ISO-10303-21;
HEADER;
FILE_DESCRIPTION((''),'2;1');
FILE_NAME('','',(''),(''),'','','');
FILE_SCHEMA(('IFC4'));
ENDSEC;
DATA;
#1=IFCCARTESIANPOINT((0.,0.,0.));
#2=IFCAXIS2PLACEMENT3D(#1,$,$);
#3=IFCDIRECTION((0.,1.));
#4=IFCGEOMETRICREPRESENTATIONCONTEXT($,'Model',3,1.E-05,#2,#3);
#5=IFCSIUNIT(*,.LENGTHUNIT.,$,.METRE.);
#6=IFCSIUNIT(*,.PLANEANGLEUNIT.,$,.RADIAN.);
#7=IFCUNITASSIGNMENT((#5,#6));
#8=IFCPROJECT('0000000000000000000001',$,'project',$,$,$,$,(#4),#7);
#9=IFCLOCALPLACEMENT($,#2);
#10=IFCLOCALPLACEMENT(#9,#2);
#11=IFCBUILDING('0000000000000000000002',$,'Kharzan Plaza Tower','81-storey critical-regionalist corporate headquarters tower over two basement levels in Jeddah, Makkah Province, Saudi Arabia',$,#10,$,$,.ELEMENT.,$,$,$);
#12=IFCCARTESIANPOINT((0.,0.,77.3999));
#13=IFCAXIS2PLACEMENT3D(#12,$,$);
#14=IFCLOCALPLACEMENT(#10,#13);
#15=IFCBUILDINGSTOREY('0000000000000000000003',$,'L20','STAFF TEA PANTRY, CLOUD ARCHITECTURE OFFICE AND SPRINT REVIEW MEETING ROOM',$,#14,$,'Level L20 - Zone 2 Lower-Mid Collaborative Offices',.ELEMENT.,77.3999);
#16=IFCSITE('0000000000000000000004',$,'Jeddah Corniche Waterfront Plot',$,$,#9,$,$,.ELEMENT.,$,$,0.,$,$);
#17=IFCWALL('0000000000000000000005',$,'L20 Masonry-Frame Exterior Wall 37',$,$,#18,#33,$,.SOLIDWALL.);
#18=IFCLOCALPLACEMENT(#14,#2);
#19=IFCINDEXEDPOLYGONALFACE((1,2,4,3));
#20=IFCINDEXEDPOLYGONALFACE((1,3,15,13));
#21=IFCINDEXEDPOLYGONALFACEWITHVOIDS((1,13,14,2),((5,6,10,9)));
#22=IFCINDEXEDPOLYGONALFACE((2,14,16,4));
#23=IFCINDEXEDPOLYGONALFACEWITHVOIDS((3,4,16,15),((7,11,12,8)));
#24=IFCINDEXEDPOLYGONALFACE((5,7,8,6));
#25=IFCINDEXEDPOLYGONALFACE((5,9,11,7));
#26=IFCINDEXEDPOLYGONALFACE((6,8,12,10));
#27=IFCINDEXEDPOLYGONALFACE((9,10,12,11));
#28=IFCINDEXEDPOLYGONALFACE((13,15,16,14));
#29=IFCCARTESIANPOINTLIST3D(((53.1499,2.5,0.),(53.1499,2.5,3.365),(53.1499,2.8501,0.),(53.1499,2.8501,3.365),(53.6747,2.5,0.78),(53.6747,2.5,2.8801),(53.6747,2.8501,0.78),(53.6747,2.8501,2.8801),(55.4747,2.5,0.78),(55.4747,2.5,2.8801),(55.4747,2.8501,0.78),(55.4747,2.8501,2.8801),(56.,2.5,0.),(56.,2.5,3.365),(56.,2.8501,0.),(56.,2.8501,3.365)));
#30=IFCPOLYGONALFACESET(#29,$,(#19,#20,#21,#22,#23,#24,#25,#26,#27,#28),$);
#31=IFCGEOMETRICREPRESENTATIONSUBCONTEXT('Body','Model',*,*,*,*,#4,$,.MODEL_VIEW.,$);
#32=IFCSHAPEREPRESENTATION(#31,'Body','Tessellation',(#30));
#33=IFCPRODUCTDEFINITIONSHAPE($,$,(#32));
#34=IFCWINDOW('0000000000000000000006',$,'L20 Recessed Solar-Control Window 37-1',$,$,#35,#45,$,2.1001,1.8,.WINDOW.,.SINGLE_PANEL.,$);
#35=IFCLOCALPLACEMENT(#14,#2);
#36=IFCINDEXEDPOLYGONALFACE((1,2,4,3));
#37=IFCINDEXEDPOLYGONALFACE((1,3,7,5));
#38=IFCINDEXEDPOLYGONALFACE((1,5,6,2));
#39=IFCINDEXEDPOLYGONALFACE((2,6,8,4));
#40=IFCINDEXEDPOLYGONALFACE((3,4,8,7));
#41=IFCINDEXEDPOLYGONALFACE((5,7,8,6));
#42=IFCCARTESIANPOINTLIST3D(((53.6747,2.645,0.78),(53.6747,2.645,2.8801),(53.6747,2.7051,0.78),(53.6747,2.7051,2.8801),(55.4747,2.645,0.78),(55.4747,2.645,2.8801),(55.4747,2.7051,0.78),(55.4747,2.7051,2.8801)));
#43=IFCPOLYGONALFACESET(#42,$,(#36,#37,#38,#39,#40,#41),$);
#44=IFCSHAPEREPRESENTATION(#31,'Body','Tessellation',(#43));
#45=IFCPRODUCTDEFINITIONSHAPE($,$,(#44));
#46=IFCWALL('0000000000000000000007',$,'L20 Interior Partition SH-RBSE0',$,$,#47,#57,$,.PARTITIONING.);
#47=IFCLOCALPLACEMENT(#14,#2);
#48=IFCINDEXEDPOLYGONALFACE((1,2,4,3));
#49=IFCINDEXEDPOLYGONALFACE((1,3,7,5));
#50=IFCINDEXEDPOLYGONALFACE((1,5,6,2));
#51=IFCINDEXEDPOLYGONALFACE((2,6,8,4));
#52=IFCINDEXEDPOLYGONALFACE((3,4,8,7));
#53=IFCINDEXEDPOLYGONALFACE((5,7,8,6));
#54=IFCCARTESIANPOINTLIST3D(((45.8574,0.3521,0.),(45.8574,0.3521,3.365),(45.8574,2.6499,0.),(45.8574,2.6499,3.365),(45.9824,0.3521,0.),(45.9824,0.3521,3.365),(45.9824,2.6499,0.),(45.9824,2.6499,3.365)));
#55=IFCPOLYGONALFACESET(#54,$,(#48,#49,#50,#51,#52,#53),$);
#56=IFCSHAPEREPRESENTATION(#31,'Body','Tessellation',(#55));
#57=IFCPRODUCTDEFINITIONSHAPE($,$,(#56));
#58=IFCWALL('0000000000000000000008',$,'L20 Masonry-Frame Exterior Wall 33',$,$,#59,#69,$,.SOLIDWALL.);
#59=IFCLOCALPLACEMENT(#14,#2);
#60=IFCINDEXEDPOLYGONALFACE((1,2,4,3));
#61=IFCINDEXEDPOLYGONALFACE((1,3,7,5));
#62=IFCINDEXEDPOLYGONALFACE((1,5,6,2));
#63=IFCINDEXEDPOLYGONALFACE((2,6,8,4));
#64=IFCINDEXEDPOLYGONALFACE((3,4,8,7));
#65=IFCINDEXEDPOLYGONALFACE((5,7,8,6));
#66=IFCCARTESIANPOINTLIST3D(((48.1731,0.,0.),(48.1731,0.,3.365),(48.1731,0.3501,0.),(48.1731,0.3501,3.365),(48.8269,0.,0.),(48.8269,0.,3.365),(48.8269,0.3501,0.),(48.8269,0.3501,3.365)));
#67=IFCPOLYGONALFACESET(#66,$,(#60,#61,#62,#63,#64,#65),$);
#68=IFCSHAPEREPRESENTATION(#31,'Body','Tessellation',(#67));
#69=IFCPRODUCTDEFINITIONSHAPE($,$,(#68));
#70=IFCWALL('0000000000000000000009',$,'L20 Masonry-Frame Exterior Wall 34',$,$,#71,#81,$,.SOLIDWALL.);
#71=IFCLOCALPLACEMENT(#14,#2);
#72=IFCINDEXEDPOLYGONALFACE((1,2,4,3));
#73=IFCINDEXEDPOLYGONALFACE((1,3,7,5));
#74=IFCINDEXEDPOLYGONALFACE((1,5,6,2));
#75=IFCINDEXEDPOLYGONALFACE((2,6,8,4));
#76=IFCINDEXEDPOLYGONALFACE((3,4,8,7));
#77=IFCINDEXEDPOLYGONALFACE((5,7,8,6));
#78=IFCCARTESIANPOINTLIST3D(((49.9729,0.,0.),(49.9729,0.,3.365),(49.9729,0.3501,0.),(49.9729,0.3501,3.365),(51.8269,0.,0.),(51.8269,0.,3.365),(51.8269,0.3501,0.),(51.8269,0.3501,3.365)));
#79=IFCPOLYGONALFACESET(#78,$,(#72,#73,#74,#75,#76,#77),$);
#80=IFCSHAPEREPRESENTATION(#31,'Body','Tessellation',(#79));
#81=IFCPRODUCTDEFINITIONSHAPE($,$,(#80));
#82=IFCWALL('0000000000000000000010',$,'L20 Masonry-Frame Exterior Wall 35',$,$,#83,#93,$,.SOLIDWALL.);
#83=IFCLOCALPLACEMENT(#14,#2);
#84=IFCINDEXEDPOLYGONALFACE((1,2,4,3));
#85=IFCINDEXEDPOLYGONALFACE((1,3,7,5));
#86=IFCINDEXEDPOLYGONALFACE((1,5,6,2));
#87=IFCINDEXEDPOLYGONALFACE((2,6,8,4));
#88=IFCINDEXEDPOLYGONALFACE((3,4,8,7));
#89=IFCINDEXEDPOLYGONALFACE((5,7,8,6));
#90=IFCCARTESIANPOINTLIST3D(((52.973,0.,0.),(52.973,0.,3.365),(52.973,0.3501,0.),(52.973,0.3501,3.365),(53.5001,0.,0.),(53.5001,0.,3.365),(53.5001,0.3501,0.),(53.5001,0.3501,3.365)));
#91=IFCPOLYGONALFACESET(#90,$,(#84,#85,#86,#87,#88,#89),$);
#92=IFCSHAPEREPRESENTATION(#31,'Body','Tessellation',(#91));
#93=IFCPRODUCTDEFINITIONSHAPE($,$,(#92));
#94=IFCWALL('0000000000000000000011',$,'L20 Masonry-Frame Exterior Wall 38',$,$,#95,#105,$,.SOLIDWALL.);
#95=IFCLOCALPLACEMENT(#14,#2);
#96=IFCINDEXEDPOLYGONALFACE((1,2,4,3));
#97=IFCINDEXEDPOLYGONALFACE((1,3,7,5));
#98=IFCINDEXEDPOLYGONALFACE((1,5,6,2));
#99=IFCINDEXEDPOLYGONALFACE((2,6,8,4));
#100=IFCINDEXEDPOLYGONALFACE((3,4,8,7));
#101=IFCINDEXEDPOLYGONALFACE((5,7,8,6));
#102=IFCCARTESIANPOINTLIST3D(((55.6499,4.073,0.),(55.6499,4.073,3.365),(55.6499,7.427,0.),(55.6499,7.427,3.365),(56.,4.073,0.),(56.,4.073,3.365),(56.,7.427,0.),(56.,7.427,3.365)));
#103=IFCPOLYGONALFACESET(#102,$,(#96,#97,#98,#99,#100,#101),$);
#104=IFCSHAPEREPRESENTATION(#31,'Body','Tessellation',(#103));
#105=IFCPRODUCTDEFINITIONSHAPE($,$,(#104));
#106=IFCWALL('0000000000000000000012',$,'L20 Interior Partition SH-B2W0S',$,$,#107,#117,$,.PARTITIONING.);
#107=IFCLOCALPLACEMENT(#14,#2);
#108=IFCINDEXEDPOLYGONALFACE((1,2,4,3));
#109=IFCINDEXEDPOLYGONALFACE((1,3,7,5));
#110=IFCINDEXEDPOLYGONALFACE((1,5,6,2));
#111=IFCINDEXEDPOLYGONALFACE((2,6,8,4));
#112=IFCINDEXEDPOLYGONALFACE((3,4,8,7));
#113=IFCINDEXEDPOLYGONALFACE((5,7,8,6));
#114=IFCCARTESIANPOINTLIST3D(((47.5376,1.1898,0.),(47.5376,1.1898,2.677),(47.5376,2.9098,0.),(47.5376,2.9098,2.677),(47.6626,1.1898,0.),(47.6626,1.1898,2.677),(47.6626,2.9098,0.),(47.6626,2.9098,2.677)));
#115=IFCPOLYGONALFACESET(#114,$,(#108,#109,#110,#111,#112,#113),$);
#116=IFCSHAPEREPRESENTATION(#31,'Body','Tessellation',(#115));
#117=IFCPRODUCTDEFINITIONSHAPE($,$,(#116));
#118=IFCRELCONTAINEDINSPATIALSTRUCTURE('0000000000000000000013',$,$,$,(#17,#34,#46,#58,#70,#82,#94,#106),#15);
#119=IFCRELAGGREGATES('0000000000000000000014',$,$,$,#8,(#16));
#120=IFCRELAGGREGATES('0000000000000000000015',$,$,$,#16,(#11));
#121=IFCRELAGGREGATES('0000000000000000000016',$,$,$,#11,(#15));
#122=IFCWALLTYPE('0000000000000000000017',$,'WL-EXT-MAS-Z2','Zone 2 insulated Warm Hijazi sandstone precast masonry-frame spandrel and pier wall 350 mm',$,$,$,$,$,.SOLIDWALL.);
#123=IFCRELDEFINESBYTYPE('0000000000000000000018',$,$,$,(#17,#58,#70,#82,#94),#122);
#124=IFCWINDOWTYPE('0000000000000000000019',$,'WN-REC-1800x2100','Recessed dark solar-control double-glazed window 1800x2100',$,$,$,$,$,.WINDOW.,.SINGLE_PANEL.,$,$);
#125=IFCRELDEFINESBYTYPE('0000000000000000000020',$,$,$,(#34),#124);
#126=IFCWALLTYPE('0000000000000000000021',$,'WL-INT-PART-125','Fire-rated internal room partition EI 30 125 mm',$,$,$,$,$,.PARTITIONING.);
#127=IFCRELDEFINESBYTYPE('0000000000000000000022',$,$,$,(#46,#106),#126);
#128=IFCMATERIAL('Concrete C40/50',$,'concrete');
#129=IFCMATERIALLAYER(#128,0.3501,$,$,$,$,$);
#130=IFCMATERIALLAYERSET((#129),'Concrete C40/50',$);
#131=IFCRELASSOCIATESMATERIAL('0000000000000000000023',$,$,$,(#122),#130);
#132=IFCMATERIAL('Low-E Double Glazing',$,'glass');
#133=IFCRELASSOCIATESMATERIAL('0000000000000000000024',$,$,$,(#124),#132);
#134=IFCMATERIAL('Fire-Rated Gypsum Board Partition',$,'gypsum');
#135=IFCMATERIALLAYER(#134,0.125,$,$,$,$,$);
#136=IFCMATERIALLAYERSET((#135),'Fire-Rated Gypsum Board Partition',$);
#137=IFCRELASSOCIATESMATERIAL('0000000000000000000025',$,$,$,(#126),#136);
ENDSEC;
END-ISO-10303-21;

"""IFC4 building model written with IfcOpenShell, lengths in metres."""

from ifc_helpers import new_model, si_unit, direction, frame, frame_2d, origin, place, context, subcontext, project, spatial, rectangle, extrude, source, transform, mapped, material, layer, layer_set, type_object, element, fill, save


model = new_model("IFC4")

# Units and contexts
model_context = context("Model", 3, precision=1e-05, world=origin(), true_north=direction((0.0, 1.0)))
body_context = subcontext(model_context, "Body", "Model", "MODEL_VIEW")
ifc_project = project(units=[si_unit("LENGTHUNIT", "METRE"), si_unit("PLANEANGLEUNIT", "RADIAN")], contexts=[model_context])

# Site, building, storey
site_placement = place(None, origin())
site = spatial("IfcSite", under=ifc_project, at=site_placement, Name="Jeddah Corniche Waterfront Plot", CompositionType="ELEMENT", RefElevation=0.0)
building_placement = place(site_placement, origin())
building = spatial("IfcBuilding", under=site, at=building_placement, Name="Kharzan Plaza Tower", Description="81-storey critical-regionalist corporate headquarters tower over two basement levels in Jeddah, Makkah Province, Saudi Arabia", CompositionType="ELEMENT")
storey_placement = place(building_placement, frame((0.0, 0.0, 77.3999)))
storey = spatial("IfcBuildingStorey", under=building, at=storey_placement, Name="L20", Description="STAFF TEA PANTRY, CLOUD ARCHITECTURE OFFICE AND SPRINT REVIEW MEETING ROOM", LongName="Level L20 - Zone 2 Lower-Mid Collaborative Offices", CompositionType="ELEMENT", Elevation=77.3999)

# Wall, opening, window
ifc_material_1 = material(Name="Concrete C40/50", Category="concrete")
ifc_layer_1 = layer(ifc_material_1, 0.3501)
ifc_layer_set_1 = layer_set([ifc_layer_1], Name="Concrete C40/50")
wall_type_1 = type_object("IfcWallType", Name="WL-EXT-MAS-Z2", Description="Zone 2 insulated Warm Hijazi sandstone precast masonry-frame spandrel and pier wall 350 mm", PredefinedType="SOLIDWALL", material=ifc_layer_set_1)
ifc_material_2 = material(Name="Low-E Double Glazing", Category="glass")
wall_1_placement = place(storey_placement, frame((53.1499, 2.675, 0.0), z_axis=(0.0, 0.0, 1.0), x_axis=(1.0, 0.0, 0.0)))
wall_1 = element("IfcWall", 1, at=wall_1_placement, inside=storey, type_object=wall_type_1, Name="L20 Masonry-Frame Exterior Wall 37", PredefinedType="SOLIDWALL", context=body_context, shape_type="SweptSolid", body=[
    extrude(rectangle(XDim=2.8501, YDim=0.3501, at=frame_2d((1.425, 0.0))), origin(), (0.0, 0.0, 1.0), 3.365),
])
opening_1_placement = place(wall_1_placement, frame((0.5249, 0.0, 0.78)))
opening_1 = element("IfcOpeningElement", 2, at=opening_1_placement, cuts=wall_1, PredefinedType="OPENING", context=body_context, shape_type="SweptSolid", body=[
    extrude(rectangle(XDim=1.8, YDim=2.1001, at=frame_2d((0.8999, 1.05))), frame((0.0, 0.1851, 0.0), z_axis=(0.0, -1.0, 0.0), x_axis=(1.0, 0.0, 0.0)), (0.0, 0.0, 1.0), 0.3701),
])
window_type_1 = type_object("IfcWindowType", Name="WN-REC-1800x2100", Description="Recessed dark solar-control double-glazed window 1800x2100", PartitioningType="SINGLE_PANEL", PredefinedType="WINDOW", material=ifc_material_2)
shared_shape_1 = source(origin(), body_context, "Body", "SweptSolid", [
    extrude(rectangle(XDim=1.8, YDim=2.1001, at=frame_2d((0.8999, 1.05))), frame((0.0, 0.03, 0.0), z_axis=(0.0, -1.0, 0.0), x_axis=(1.0, 0.0, 0.0)), (0.0, 0.0, 1.0), 0.0601),
])
window_1_placement = place(opening_1_placement, origin())
window_1 = element("IfcWindow", 3, at=window_1_placement, inside=storey, type_object=window_type_1, Name="L20 Recessed Solar-Control Window 37-1", OverallHeight=2.1001, OverallWidth=1.8, PartitioningType="SINGLE_PANEL", PredefinedType="WINDOW", context=body_context, shape_type="MappedRepresentation", body=[
    mapped(shared_shape_1, transform((0.0, 0.0, 0.0), x_axis=(1.0, 0.0, 0.0), y_axis=(0.0, 1.0, 0.0), z_axis=(0.0, 0.0, 1.0))),
])
fill(opening_1, window_1)

# Shared definitions
ifc_material_3 = material(Name="Fire-Rated Gypsum Board Partition", Category="gypsum")
ifc_layer_2 = layer(ifc_material_3, 0.125)
ifc_layer_set_2 = layer_set([ifc_layer_2], Name="Fire-Rated Gypsum Board Partition")
wall_type_2 = type_object("IfcWallType", Name="WL-INT-PART-125", Description="Fire-rated internal room partition EI 30 125 mm", PredefinedType="PARTITIONING", material=ifc_layer_set_2)

# Walls
shared_shape_2 = source(origin(), body_context, "Body", "SweptSolid", [
    extrude(rectangle(XDim=2.2979, YDim=0.125, at=frame_2d((1.1489, 0.0))), origin(), (0.0, 0.0, 1.0), 3.365),
])
wall_2_placement = place(storey_placement, frame((45.9199, 0.3521, 0.0), z_axis=(0.0, 0.0, 1.0), x_axis=(0.0, 1.0, 0.0)))
element("IfcWall", 4, at=wall_2_placement, inside=storey, type_object=wall_type_2, Name="L20 Interior Partition SH-RBSE0", PredefinedType="PARTITIONING", context=body_context, shape_type="MappedRepresentation", body=[
    mapped(shared_shape_2, transform((0.0, 0.0, 0.0), x_axis=(1.0, 0.0, 0.0), y_axis=(0.0, 1.0, 0.0), z_axis=(0.0, 0.0, 1.0))),
])
shared_shape_3 = source(origin(), body_context, "Body", "SweptSolid", [
    extrude(rectangle(XDim=0.6538, YDim=0.3501, at=frame_2d((0.3269, 0.0))), origin(), (0.0, 0.0, 1.0), 3.365),
])
wall_3_placement = place(storey_placement, frame((48.1731, 0.175, 0.0), z_axis=(0.0, 0.0, 1.0), x_axis=(1.0, 0.0, 0.0)))
element("IfcWall", 5, at=wall_3_placement, inside=storey, type_object=wall_type_1, Name="L20 Masonry-Frame Exterior Wall 33", PredefinedType="SOLIDWALL", context=body_context, shape_type="MappedRepresentation", body=[
    mapped(shared_shape_3, transform((0.0, 0.0, 0.0), x_axis=(1.0, 0.0, 0.0), y_axis=(0.0, 1.0, 0.0), z_axis=(0.0, 0.0, 1.0))),
])
shared_shape_4 = source(origin(), body_context, "Body", "SweptSolid", [
    extrude(rectangle(XDim=1.854, YDim=0.3501, at=frame_2d((0.927, 0.0))), origin(), (0.0, 0.0, 1.0), 3.365),
])
wall_4_placement = place(storey_placement, frame((49.9729, 0.175, 0.0), z_axis=(0.0, 0.0, 1.0), x_axis=(1.0, 0.0, 0.0)))
element("IfcWall", 6, at=wall_4_placement, inside=storey, type_object=wall_type_1, Name="L20 Masonry-Frame Exterior Wall 34", PredefinedType="SOLIDWALL", context=body_context, shape_type="MappedRepresentation", body=[
    mapped(shared_shape_4, transform((0.0, 0.0, 0.0), x_axis=(1.0, 0.0, 0.0), y_axis=(0.0, 1.0, 0.0), z_axis=(0.0, 0.0, 1.0))),
])
shared_shape_5 = source(origin(), body_context, "Body", "SweptSolid", [
    extrude(rectangle(XDim=0.5271, YDim=0.3501, at=frame_2d((0.2637, 0.0))), origin(), (0.0, 0.0, 1.0), 3.365),
])
wall_5_placement = place(storey_placement, frame((52.9729, 0.175, 0.0), z_axis=(0.0, 0.0, 1.0), x_axis=(1.0, 0.0, 0.0)))
element("IfcWall", 7, at=wall_5_placement, inside=storey, type_object=wall_type_1, Name="L20 Masonry-Frame Exterior Wall 35", PredefinedType="SOLIDWALL", context=body_context, shape_type="MappedRepresentation", body=[
    mapped(shared_shape_5, transform((0.0, 0.0, 0.0), x_axis=(1.0, 0.0, 0.0), y_axis=(0.0, 1.0, 0.0), z_axis=(0.0, 0.0, 1.0))),
])
shared_shape_6 = source(origin(), body_context, "Body", "SweptSolid", [
    extrude(rectangle(XDim=3.354, YDim=0.3501, at=frame_2d((1.677, 0.0))), origin(), (0.0, 0.0, 1.0), 3.365),
])
wall_6_placement = place(storey_placement, frame((55.825, 4.073, 0.0), z_axis=(0.0, 0.0, 1.0), x_axis=(0.0, 1.0, 0.0)))
element("IfcWall", 8, at=wall_6_placement, inside=storey, type_object=wall_type_1, Name="L20 Masonry-Frame Exterior Wall 38", PredefinedType="SOLIDWALL", context=body_context, shape_type="MappedRepresentation", body=[
    mapped(shared_shape_6, transform((0.0, 0.0, 0.0), x_axis=(1.0, 0.0, 0.0), y_axis=(0.0, 1.0, 0.0), z_axis=(0.0, 0.0, 1.0))),
])
shared_shape_7 = source(origin(), body_context, "Body", "SweptSolid", [
    extrude(rectangle(XDim=1.72, YDim=0.125, at=frame_2d((0.8599, 0.0))), origin(), (0.0, 0.0, 1.0), 2.677),
])
wall_7_placement = place(storey_placement, frame((47.6001, 1.1899, 0.0), z_axis=(0.0, 0.0, 1.0), x_axis=(0.0, 1.0, 0.0)))
element("IfcWall", 9, at=wall_7_placement, inside=storey, type_object=wall_type_2, Name="L20 Interior Partition SH-B2W0S", PredefinedType="PARTITIONING", context=body_context, shape_type="MappedRepresentation", body=[
    mapped(shared_shape_7, transform((0.0, 0.0, 0.0), x_axis=(1.0, 0.0, 0.0), y_axis=(0.0, 1.0, 0.0), z_axis=(0.0, 0.0, 1.0))),
])

save(model, "model.ifc")
